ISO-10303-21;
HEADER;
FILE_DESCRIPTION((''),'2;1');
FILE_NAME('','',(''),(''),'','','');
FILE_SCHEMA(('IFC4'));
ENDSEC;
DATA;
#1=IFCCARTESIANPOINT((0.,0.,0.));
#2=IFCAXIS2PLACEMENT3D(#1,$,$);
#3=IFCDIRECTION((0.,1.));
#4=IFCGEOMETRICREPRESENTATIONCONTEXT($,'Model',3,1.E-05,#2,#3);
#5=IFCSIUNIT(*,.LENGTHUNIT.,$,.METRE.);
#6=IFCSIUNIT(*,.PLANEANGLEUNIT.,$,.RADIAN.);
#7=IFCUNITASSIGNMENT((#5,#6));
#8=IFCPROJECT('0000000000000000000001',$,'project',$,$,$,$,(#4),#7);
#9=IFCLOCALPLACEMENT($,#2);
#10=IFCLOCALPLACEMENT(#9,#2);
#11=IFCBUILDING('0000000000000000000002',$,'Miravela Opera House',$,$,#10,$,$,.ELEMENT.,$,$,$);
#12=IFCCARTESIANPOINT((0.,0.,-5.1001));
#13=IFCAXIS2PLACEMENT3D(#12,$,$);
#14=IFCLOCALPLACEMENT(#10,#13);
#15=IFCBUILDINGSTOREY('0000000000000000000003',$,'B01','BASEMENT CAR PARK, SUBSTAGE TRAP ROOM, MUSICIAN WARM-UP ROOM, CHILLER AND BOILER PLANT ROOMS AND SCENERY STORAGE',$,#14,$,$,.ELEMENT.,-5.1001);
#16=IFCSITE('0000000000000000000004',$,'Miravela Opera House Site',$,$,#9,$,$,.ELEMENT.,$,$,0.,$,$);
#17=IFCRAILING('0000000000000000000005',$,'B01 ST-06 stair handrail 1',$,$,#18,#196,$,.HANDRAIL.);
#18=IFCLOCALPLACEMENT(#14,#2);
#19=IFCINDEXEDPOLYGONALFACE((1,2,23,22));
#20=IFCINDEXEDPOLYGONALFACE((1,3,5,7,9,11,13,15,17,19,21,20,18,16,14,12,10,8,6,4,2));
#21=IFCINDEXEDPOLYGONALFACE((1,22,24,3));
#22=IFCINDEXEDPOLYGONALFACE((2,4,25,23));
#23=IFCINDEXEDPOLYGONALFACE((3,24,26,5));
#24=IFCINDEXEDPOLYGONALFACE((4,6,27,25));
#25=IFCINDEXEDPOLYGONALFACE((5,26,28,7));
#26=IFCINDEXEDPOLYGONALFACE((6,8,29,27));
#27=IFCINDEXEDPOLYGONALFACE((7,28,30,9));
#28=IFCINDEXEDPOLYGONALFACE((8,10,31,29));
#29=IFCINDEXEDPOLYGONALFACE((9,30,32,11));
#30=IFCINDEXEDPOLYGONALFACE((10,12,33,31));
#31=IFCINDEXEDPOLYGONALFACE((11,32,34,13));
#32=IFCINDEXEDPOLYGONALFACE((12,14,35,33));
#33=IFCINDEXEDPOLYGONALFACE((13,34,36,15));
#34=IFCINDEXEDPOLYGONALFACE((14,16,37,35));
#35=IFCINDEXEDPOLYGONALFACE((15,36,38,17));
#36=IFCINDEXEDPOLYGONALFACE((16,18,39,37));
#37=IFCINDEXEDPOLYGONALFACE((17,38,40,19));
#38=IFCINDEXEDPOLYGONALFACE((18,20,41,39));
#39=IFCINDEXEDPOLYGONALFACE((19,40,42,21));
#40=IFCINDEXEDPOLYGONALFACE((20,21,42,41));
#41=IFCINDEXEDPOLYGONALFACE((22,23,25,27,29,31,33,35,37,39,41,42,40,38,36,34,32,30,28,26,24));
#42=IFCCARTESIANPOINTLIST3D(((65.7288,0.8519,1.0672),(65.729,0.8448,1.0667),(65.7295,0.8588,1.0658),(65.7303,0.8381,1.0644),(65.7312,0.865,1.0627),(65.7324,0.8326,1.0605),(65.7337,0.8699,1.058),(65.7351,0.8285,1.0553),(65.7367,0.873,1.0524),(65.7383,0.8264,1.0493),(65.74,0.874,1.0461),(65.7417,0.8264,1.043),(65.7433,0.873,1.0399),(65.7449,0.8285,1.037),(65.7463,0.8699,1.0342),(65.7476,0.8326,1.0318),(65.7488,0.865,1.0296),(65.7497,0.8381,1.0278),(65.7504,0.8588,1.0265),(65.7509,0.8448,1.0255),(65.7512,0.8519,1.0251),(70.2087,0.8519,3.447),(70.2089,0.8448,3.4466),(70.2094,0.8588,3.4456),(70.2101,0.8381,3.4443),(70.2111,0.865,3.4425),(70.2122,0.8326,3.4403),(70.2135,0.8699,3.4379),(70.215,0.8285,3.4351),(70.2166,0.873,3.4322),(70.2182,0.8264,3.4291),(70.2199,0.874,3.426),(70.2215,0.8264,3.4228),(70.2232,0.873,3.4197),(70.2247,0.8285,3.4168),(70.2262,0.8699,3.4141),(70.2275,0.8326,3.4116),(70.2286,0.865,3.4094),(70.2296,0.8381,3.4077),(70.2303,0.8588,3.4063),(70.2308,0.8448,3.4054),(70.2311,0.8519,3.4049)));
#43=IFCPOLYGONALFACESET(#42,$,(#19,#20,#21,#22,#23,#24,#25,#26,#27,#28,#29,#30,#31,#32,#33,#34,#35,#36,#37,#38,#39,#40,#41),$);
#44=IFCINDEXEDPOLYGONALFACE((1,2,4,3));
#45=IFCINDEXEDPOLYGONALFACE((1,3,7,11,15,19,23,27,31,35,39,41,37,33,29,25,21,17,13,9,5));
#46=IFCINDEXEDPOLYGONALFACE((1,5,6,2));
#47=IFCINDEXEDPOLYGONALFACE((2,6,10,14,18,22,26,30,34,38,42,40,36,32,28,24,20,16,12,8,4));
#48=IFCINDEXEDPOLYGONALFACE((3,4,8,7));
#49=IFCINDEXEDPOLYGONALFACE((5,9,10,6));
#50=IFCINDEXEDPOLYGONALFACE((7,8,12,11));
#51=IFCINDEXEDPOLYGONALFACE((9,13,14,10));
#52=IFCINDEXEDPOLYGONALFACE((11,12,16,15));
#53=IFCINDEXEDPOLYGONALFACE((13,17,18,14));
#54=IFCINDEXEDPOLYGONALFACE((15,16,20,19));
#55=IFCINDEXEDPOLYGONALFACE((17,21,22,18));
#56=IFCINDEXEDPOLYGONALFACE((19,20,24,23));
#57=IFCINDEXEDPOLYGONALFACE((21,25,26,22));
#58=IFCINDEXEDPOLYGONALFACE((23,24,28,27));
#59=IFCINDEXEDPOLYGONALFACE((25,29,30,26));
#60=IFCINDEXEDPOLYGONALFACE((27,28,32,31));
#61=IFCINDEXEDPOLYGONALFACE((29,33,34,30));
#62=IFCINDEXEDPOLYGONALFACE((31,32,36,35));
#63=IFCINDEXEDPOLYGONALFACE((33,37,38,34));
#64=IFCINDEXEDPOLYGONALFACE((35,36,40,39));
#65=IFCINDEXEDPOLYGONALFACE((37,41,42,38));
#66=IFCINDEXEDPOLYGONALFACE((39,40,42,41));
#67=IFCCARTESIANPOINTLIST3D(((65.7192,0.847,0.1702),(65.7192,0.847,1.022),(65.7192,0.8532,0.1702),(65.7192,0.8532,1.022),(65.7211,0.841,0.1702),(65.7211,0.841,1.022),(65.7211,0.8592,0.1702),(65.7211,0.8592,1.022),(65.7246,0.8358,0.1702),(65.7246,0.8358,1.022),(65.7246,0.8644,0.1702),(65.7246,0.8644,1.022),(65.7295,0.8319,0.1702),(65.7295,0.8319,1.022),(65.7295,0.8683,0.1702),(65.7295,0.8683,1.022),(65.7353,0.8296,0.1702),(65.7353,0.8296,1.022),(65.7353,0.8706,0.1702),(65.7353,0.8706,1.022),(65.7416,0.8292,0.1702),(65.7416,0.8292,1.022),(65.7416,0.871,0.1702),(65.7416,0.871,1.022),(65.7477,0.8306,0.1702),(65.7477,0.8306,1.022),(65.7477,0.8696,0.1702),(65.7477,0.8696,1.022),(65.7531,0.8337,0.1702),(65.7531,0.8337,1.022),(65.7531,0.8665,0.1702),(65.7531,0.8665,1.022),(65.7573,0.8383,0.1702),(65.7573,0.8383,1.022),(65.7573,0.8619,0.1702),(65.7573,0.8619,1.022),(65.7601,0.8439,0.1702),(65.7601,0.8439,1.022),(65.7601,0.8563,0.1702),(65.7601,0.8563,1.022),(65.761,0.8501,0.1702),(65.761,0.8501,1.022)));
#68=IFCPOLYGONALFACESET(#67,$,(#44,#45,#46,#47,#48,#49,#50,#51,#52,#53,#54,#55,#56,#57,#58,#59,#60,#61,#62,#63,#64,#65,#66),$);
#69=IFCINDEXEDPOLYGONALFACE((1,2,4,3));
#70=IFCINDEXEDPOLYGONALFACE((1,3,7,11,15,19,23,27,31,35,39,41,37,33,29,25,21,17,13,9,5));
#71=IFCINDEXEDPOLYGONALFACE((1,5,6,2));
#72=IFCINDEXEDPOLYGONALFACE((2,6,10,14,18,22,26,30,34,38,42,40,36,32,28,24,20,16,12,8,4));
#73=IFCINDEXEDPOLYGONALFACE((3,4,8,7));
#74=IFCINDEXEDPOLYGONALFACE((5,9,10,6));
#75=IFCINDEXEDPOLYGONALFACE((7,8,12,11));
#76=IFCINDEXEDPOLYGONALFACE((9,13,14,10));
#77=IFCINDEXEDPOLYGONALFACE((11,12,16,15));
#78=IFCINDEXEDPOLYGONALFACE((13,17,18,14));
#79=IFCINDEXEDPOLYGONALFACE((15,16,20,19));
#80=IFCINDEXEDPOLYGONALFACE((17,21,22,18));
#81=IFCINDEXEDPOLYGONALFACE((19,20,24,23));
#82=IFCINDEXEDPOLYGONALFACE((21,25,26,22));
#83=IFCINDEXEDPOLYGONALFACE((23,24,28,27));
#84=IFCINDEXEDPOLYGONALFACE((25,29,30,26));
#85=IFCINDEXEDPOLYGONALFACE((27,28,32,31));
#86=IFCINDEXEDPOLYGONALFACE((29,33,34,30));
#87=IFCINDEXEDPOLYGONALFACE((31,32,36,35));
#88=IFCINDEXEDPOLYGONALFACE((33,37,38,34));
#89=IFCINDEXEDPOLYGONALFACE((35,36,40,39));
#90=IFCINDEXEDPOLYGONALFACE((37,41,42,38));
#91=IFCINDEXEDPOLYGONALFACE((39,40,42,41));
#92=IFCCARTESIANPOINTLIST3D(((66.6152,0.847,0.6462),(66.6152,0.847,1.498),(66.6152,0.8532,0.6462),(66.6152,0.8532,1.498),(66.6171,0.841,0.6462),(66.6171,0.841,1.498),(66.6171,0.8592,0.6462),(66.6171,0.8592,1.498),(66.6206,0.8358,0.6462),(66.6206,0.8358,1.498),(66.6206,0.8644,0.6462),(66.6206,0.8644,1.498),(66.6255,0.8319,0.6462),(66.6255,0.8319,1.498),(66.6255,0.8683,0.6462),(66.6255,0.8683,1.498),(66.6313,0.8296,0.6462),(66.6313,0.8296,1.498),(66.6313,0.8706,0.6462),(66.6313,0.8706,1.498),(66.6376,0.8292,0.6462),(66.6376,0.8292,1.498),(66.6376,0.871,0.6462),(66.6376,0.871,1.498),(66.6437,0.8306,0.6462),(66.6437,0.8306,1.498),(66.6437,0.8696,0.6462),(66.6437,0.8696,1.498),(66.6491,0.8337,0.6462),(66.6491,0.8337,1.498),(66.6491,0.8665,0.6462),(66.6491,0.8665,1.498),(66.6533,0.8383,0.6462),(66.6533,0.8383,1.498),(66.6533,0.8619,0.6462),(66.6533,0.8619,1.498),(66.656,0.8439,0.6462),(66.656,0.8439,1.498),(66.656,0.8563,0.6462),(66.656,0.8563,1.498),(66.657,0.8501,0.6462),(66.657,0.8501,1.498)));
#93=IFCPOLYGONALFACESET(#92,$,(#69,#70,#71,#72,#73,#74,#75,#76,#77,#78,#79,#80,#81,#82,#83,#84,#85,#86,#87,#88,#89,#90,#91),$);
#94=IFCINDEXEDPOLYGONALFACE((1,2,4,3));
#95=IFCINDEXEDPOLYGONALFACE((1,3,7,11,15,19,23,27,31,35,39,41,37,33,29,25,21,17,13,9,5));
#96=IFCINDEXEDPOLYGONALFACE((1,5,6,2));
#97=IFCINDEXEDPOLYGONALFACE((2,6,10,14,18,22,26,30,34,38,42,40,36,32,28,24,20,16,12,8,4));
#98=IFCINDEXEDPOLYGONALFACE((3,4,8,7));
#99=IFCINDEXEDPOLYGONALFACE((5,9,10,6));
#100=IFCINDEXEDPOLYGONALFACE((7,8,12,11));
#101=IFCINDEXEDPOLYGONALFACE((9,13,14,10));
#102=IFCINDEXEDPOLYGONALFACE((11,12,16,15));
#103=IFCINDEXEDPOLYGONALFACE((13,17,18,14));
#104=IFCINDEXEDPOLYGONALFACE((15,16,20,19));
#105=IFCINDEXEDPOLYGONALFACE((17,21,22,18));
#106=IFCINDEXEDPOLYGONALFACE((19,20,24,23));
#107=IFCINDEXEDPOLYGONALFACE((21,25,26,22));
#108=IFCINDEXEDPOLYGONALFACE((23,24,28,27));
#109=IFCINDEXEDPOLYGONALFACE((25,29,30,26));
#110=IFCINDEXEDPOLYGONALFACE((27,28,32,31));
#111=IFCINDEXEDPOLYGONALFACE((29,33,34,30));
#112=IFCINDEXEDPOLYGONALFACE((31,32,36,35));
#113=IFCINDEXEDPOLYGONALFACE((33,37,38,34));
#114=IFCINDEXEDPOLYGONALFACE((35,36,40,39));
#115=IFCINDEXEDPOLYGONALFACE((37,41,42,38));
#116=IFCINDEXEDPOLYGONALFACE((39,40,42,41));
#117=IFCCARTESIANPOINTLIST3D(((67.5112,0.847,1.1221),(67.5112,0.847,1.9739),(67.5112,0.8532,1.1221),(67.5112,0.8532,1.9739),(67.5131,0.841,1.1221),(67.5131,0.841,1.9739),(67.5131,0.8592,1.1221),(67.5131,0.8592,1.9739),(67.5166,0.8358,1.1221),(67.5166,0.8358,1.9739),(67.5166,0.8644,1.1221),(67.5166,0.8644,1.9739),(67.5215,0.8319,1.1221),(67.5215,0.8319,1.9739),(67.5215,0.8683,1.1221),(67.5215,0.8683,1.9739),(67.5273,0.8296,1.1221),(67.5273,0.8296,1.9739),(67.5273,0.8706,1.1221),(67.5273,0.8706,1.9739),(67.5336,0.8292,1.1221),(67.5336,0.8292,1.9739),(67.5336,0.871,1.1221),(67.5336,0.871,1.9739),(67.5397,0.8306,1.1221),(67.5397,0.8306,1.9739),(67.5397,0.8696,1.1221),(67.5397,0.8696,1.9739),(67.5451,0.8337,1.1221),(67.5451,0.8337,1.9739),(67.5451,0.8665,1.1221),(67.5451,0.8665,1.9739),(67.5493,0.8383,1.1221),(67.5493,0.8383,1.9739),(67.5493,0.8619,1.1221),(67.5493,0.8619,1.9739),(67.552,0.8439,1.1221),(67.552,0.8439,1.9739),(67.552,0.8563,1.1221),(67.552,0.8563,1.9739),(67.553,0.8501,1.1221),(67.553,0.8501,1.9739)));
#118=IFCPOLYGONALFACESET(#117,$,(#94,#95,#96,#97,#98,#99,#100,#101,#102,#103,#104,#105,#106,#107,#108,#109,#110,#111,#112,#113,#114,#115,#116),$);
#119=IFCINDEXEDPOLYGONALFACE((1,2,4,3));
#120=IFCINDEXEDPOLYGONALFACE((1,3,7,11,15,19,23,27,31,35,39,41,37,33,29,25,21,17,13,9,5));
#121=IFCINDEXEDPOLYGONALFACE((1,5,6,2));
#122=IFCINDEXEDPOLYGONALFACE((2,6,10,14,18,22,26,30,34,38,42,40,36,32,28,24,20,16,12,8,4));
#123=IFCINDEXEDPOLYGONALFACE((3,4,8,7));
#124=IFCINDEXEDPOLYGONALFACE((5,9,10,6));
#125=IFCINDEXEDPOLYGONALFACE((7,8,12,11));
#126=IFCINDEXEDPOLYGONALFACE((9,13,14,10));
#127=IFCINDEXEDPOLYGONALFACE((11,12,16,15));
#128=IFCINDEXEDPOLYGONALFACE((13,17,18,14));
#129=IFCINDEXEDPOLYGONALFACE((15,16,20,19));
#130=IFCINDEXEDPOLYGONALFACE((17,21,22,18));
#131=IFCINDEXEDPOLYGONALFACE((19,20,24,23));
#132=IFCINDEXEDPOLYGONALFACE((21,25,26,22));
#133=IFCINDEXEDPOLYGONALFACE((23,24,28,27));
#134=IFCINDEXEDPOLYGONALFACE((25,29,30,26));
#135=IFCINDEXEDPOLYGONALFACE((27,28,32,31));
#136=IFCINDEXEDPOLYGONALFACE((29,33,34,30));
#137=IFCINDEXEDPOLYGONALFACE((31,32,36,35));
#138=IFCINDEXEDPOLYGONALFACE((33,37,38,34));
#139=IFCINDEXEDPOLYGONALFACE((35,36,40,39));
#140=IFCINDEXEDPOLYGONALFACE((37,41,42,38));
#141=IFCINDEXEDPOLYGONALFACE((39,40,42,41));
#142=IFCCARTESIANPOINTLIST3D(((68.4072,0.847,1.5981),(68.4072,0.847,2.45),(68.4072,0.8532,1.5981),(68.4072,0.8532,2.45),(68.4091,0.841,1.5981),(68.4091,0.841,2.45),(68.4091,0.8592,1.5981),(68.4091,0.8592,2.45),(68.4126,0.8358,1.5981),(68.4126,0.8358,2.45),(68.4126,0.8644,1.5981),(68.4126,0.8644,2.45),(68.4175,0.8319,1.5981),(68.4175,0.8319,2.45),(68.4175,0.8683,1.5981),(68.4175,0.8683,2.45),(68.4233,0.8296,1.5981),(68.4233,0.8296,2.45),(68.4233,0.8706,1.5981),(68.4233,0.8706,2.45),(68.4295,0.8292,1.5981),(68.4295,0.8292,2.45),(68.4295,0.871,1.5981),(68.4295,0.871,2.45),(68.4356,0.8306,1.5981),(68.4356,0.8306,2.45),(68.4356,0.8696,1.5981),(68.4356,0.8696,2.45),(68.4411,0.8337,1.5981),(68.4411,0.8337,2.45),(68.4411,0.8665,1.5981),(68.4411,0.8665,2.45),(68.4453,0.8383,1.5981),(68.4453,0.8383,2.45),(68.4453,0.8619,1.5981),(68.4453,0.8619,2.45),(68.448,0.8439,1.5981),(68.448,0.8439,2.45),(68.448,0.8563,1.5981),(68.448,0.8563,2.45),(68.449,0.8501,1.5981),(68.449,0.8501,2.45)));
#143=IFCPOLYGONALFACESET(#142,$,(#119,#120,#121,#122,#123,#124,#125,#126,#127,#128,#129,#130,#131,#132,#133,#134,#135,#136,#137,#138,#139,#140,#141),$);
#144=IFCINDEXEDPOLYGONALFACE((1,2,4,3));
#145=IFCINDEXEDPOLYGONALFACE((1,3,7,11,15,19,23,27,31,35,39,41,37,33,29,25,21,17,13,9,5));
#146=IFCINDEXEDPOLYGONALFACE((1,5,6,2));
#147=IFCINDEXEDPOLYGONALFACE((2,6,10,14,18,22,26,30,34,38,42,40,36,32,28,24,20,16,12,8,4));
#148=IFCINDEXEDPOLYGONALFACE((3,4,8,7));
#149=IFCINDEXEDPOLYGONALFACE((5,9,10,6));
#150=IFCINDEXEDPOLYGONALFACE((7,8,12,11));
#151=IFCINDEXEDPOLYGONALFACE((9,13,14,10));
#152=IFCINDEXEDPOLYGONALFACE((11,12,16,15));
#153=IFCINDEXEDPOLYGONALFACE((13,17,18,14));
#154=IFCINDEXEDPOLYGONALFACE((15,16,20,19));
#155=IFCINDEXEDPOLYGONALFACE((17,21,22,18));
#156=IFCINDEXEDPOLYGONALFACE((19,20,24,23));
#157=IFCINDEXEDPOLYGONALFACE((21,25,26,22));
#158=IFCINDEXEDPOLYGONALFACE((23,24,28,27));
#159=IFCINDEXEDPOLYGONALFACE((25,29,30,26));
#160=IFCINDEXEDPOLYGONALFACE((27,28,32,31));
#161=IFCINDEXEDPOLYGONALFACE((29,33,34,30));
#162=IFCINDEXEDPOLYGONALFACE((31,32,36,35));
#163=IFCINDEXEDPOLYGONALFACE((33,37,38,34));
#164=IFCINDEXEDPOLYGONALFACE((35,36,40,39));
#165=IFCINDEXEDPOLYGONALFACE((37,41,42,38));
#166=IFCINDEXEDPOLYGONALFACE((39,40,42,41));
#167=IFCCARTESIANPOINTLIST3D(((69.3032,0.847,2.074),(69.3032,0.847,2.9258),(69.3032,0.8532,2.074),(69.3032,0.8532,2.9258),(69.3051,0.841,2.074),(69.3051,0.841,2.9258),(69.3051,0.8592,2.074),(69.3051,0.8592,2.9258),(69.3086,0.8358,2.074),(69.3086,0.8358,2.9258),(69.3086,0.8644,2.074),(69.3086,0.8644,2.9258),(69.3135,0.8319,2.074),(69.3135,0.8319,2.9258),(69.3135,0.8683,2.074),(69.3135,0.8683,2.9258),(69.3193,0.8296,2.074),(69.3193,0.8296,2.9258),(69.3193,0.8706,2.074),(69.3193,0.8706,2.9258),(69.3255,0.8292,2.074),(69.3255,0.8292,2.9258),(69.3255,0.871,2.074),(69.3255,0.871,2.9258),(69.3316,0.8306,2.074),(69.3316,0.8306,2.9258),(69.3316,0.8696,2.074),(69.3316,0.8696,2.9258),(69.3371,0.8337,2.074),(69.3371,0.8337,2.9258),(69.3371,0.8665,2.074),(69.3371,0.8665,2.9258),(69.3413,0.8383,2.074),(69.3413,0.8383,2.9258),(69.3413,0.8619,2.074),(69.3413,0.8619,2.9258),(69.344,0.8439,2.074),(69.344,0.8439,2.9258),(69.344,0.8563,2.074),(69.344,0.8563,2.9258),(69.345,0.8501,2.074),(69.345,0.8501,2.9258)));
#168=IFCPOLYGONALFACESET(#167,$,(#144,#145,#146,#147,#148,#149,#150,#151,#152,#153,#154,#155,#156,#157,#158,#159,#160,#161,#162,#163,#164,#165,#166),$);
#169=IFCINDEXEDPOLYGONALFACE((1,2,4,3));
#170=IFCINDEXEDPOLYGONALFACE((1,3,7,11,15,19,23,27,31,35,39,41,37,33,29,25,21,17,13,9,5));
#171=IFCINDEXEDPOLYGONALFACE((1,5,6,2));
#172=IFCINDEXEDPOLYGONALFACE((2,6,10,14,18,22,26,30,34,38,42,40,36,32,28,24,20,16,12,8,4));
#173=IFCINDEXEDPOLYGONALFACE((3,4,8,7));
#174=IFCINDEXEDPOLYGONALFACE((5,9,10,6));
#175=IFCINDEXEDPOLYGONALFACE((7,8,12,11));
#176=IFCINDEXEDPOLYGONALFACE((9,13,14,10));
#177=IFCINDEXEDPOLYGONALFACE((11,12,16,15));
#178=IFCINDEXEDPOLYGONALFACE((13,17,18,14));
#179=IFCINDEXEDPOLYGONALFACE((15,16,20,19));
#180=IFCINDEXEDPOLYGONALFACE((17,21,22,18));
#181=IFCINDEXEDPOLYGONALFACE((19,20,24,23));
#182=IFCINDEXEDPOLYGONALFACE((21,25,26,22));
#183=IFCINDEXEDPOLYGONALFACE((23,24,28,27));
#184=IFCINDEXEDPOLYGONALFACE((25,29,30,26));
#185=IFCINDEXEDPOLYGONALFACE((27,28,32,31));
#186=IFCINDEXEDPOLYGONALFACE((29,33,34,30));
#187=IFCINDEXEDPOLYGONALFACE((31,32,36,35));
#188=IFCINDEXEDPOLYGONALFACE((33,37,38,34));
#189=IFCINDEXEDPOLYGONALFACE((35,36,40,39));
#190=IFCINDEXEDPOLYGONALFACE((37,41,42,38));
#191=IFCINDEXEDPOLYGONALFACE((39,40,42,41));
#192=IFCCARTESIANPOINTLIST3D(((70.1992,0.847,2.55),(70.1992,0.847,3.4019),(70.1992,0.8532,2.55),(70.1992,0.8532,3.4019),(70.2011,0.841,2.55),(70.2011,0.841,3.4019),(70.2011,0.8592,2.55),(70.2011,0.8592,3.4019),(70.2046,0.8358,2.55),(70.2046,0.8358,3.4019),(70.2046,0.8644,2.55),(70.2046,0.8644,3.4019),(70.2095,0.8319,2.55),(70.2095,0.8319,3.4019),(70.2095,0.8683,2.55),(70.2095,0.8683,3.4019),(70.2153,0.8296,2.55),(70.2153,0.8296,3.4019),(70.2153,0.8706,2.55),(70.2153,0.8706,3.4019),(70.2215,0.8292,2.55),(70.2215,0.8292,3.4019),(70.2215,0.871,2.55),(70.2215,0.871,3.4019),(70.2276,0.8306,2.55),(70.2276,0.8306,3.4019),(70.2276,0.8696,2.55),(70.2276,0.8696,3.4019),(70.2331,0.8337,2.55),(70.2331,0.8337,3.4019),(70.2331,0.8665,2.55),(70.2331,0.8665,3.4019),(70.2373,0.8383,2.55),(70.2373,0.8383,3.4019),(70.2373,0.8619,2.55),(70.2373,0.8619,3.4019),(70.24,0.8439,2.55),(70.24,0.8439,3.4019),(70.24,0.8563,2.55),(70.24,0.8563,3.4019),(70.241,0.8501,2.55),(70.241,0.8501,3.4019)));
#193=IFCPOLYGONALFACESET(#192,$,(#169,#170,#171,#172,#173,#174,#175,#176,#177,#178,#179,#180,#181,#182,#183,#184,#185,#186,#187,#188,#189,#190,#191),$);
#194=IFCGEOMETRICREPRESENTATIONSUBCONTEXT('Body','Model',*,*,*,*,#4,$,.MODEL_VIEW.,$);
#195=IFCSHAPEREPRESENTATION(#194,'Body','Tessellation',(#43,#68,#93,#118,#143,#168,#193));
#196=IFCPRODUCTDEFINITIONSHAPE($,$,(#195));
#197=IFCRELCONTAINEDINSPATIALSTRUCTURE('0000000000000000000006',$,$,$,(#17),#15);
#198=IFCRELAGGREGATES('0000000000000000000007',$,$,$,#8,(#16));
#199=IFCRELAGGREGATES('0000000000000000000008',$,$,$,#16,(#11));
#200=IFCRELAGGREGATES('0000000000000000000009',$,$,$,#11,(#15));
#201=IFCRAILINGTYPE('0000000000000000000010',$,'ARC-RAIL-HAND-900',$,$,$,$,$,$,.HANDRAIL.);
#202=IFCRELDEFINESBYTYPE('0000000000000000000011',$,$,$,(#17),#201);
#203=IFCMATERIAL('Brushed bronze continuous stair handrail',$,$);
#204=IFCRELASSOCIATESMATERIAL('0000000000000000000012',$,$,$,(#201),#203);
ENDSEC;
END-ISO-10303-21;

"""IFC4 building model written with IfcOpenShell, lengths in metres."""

from ifc_helpers import new_model, si_unit, direction, frame, origin, origin_2d, place, context, subcontext, project, spatial, circle, extrude, material, type_object, element, save


model = new_model("IFC4")

# Units and contexts
model_context = context("Model", 3, precision=1e-05, world=origin(), true_north=direction((0.0, 1.0)))
body_context = subcontext(model_context, "Body", "Model", "MODEL_VIEW")
ifc_project = project(units=[si_unit("LENGTHUNIT", "METRE"), si_unit("PLANEANGLEUNIT", "RADIAN")], contexts=[model_context])

# Site, building, storey
site_placement = place(None, origin())
site = spatial("IfcSite", under=ifc_project, at=site_placement, Name="Miravela Opera House Site", CompositionType="ELEMENT", RefElevation=0.0)
building_placement = place(site_placement, origin())
building = spatial("IfcBuilding", under=site, at=building_placement, Name="Miravela Opera House", CompositionType="ELEMENT")
storey_placement = place(building_placement, frame((0.0, 0.0, -5.1001)))
storey = spatial("IfcBuildingStorey", under=building, at=storey_placement, Name="B01", Description="BASEMENT CAR PARK, SUBSTAGE TRAP ROOM, MUSICIAN WARM-UP ROOM, CHILLER AND BOILER PLANT ROOMS AND SCENERY STORAGE", CompositionType="ELEMENT", Elevation=-5.1001)

# Railing
ifc_material_1 = material(Name="Brushed bronze continuous stair handrail")
railing_type_1 = type_object("IfcRailingType", Name="ARC-RAIL-HAND-900", PredefinedType="HANDRAIL", material=ifc_material_1)
railing_1_placement = place(storey_placement, frame((65.74, 0.8501, 0.1702)))
element("IfcRailing", 1, at=railing_1_placement, inside=storey, type_object=railing_type_1, Name="B01 ST-06 stair handrail 1", PredefinedType="HANDRAIL", context=body_context, shape_type="SweptSolid", body=[
    extrude(circle(Radius=0.0239, at=origin_2d()), frame((0.0, 0.0, 0.876), z_axis=(0.883124, 0.0, 0.469139), x_axis=(0.0, 1.0, 0.0)), (0.0, 0.0, 1.0), 5.0728),
    extrude(circle(Radius=0.021, at=origin_2d()), origin(), (0.0, 0.0, 1.0), 0.8518),
    extrude(circle(Radius=0.021, at=origin_2d()), frame((0.896, 0.0, 0.4761)), (0.0, 0.0, 1.0), 0.8518),
    extrude(circle(Radius=0.021, at=origin_2d()), frame((1.792, 0.0, 0.9519)), (0.0, 0.0, 1.0), 0.8518),
    extrude(circle(Radius=0.021, at=origin_2d()), frame((2.688, 0.0, 1.428)), (0.0, 0.0, 1.0), 0.8518),
    extrude(circle(Radius=0.021, at=origin_2d()), frame((3.584, 0.0, 1.9038)), (0.0, 0.0, 1.0), 0.8518),
    extrude(circle(Radius=0.021, at=origin_2d()), frame((4.48, 0.0, 2.3799)), (0.0, 0.0, 1.0), 0.8518),
])

save(model, "model.ifc")
